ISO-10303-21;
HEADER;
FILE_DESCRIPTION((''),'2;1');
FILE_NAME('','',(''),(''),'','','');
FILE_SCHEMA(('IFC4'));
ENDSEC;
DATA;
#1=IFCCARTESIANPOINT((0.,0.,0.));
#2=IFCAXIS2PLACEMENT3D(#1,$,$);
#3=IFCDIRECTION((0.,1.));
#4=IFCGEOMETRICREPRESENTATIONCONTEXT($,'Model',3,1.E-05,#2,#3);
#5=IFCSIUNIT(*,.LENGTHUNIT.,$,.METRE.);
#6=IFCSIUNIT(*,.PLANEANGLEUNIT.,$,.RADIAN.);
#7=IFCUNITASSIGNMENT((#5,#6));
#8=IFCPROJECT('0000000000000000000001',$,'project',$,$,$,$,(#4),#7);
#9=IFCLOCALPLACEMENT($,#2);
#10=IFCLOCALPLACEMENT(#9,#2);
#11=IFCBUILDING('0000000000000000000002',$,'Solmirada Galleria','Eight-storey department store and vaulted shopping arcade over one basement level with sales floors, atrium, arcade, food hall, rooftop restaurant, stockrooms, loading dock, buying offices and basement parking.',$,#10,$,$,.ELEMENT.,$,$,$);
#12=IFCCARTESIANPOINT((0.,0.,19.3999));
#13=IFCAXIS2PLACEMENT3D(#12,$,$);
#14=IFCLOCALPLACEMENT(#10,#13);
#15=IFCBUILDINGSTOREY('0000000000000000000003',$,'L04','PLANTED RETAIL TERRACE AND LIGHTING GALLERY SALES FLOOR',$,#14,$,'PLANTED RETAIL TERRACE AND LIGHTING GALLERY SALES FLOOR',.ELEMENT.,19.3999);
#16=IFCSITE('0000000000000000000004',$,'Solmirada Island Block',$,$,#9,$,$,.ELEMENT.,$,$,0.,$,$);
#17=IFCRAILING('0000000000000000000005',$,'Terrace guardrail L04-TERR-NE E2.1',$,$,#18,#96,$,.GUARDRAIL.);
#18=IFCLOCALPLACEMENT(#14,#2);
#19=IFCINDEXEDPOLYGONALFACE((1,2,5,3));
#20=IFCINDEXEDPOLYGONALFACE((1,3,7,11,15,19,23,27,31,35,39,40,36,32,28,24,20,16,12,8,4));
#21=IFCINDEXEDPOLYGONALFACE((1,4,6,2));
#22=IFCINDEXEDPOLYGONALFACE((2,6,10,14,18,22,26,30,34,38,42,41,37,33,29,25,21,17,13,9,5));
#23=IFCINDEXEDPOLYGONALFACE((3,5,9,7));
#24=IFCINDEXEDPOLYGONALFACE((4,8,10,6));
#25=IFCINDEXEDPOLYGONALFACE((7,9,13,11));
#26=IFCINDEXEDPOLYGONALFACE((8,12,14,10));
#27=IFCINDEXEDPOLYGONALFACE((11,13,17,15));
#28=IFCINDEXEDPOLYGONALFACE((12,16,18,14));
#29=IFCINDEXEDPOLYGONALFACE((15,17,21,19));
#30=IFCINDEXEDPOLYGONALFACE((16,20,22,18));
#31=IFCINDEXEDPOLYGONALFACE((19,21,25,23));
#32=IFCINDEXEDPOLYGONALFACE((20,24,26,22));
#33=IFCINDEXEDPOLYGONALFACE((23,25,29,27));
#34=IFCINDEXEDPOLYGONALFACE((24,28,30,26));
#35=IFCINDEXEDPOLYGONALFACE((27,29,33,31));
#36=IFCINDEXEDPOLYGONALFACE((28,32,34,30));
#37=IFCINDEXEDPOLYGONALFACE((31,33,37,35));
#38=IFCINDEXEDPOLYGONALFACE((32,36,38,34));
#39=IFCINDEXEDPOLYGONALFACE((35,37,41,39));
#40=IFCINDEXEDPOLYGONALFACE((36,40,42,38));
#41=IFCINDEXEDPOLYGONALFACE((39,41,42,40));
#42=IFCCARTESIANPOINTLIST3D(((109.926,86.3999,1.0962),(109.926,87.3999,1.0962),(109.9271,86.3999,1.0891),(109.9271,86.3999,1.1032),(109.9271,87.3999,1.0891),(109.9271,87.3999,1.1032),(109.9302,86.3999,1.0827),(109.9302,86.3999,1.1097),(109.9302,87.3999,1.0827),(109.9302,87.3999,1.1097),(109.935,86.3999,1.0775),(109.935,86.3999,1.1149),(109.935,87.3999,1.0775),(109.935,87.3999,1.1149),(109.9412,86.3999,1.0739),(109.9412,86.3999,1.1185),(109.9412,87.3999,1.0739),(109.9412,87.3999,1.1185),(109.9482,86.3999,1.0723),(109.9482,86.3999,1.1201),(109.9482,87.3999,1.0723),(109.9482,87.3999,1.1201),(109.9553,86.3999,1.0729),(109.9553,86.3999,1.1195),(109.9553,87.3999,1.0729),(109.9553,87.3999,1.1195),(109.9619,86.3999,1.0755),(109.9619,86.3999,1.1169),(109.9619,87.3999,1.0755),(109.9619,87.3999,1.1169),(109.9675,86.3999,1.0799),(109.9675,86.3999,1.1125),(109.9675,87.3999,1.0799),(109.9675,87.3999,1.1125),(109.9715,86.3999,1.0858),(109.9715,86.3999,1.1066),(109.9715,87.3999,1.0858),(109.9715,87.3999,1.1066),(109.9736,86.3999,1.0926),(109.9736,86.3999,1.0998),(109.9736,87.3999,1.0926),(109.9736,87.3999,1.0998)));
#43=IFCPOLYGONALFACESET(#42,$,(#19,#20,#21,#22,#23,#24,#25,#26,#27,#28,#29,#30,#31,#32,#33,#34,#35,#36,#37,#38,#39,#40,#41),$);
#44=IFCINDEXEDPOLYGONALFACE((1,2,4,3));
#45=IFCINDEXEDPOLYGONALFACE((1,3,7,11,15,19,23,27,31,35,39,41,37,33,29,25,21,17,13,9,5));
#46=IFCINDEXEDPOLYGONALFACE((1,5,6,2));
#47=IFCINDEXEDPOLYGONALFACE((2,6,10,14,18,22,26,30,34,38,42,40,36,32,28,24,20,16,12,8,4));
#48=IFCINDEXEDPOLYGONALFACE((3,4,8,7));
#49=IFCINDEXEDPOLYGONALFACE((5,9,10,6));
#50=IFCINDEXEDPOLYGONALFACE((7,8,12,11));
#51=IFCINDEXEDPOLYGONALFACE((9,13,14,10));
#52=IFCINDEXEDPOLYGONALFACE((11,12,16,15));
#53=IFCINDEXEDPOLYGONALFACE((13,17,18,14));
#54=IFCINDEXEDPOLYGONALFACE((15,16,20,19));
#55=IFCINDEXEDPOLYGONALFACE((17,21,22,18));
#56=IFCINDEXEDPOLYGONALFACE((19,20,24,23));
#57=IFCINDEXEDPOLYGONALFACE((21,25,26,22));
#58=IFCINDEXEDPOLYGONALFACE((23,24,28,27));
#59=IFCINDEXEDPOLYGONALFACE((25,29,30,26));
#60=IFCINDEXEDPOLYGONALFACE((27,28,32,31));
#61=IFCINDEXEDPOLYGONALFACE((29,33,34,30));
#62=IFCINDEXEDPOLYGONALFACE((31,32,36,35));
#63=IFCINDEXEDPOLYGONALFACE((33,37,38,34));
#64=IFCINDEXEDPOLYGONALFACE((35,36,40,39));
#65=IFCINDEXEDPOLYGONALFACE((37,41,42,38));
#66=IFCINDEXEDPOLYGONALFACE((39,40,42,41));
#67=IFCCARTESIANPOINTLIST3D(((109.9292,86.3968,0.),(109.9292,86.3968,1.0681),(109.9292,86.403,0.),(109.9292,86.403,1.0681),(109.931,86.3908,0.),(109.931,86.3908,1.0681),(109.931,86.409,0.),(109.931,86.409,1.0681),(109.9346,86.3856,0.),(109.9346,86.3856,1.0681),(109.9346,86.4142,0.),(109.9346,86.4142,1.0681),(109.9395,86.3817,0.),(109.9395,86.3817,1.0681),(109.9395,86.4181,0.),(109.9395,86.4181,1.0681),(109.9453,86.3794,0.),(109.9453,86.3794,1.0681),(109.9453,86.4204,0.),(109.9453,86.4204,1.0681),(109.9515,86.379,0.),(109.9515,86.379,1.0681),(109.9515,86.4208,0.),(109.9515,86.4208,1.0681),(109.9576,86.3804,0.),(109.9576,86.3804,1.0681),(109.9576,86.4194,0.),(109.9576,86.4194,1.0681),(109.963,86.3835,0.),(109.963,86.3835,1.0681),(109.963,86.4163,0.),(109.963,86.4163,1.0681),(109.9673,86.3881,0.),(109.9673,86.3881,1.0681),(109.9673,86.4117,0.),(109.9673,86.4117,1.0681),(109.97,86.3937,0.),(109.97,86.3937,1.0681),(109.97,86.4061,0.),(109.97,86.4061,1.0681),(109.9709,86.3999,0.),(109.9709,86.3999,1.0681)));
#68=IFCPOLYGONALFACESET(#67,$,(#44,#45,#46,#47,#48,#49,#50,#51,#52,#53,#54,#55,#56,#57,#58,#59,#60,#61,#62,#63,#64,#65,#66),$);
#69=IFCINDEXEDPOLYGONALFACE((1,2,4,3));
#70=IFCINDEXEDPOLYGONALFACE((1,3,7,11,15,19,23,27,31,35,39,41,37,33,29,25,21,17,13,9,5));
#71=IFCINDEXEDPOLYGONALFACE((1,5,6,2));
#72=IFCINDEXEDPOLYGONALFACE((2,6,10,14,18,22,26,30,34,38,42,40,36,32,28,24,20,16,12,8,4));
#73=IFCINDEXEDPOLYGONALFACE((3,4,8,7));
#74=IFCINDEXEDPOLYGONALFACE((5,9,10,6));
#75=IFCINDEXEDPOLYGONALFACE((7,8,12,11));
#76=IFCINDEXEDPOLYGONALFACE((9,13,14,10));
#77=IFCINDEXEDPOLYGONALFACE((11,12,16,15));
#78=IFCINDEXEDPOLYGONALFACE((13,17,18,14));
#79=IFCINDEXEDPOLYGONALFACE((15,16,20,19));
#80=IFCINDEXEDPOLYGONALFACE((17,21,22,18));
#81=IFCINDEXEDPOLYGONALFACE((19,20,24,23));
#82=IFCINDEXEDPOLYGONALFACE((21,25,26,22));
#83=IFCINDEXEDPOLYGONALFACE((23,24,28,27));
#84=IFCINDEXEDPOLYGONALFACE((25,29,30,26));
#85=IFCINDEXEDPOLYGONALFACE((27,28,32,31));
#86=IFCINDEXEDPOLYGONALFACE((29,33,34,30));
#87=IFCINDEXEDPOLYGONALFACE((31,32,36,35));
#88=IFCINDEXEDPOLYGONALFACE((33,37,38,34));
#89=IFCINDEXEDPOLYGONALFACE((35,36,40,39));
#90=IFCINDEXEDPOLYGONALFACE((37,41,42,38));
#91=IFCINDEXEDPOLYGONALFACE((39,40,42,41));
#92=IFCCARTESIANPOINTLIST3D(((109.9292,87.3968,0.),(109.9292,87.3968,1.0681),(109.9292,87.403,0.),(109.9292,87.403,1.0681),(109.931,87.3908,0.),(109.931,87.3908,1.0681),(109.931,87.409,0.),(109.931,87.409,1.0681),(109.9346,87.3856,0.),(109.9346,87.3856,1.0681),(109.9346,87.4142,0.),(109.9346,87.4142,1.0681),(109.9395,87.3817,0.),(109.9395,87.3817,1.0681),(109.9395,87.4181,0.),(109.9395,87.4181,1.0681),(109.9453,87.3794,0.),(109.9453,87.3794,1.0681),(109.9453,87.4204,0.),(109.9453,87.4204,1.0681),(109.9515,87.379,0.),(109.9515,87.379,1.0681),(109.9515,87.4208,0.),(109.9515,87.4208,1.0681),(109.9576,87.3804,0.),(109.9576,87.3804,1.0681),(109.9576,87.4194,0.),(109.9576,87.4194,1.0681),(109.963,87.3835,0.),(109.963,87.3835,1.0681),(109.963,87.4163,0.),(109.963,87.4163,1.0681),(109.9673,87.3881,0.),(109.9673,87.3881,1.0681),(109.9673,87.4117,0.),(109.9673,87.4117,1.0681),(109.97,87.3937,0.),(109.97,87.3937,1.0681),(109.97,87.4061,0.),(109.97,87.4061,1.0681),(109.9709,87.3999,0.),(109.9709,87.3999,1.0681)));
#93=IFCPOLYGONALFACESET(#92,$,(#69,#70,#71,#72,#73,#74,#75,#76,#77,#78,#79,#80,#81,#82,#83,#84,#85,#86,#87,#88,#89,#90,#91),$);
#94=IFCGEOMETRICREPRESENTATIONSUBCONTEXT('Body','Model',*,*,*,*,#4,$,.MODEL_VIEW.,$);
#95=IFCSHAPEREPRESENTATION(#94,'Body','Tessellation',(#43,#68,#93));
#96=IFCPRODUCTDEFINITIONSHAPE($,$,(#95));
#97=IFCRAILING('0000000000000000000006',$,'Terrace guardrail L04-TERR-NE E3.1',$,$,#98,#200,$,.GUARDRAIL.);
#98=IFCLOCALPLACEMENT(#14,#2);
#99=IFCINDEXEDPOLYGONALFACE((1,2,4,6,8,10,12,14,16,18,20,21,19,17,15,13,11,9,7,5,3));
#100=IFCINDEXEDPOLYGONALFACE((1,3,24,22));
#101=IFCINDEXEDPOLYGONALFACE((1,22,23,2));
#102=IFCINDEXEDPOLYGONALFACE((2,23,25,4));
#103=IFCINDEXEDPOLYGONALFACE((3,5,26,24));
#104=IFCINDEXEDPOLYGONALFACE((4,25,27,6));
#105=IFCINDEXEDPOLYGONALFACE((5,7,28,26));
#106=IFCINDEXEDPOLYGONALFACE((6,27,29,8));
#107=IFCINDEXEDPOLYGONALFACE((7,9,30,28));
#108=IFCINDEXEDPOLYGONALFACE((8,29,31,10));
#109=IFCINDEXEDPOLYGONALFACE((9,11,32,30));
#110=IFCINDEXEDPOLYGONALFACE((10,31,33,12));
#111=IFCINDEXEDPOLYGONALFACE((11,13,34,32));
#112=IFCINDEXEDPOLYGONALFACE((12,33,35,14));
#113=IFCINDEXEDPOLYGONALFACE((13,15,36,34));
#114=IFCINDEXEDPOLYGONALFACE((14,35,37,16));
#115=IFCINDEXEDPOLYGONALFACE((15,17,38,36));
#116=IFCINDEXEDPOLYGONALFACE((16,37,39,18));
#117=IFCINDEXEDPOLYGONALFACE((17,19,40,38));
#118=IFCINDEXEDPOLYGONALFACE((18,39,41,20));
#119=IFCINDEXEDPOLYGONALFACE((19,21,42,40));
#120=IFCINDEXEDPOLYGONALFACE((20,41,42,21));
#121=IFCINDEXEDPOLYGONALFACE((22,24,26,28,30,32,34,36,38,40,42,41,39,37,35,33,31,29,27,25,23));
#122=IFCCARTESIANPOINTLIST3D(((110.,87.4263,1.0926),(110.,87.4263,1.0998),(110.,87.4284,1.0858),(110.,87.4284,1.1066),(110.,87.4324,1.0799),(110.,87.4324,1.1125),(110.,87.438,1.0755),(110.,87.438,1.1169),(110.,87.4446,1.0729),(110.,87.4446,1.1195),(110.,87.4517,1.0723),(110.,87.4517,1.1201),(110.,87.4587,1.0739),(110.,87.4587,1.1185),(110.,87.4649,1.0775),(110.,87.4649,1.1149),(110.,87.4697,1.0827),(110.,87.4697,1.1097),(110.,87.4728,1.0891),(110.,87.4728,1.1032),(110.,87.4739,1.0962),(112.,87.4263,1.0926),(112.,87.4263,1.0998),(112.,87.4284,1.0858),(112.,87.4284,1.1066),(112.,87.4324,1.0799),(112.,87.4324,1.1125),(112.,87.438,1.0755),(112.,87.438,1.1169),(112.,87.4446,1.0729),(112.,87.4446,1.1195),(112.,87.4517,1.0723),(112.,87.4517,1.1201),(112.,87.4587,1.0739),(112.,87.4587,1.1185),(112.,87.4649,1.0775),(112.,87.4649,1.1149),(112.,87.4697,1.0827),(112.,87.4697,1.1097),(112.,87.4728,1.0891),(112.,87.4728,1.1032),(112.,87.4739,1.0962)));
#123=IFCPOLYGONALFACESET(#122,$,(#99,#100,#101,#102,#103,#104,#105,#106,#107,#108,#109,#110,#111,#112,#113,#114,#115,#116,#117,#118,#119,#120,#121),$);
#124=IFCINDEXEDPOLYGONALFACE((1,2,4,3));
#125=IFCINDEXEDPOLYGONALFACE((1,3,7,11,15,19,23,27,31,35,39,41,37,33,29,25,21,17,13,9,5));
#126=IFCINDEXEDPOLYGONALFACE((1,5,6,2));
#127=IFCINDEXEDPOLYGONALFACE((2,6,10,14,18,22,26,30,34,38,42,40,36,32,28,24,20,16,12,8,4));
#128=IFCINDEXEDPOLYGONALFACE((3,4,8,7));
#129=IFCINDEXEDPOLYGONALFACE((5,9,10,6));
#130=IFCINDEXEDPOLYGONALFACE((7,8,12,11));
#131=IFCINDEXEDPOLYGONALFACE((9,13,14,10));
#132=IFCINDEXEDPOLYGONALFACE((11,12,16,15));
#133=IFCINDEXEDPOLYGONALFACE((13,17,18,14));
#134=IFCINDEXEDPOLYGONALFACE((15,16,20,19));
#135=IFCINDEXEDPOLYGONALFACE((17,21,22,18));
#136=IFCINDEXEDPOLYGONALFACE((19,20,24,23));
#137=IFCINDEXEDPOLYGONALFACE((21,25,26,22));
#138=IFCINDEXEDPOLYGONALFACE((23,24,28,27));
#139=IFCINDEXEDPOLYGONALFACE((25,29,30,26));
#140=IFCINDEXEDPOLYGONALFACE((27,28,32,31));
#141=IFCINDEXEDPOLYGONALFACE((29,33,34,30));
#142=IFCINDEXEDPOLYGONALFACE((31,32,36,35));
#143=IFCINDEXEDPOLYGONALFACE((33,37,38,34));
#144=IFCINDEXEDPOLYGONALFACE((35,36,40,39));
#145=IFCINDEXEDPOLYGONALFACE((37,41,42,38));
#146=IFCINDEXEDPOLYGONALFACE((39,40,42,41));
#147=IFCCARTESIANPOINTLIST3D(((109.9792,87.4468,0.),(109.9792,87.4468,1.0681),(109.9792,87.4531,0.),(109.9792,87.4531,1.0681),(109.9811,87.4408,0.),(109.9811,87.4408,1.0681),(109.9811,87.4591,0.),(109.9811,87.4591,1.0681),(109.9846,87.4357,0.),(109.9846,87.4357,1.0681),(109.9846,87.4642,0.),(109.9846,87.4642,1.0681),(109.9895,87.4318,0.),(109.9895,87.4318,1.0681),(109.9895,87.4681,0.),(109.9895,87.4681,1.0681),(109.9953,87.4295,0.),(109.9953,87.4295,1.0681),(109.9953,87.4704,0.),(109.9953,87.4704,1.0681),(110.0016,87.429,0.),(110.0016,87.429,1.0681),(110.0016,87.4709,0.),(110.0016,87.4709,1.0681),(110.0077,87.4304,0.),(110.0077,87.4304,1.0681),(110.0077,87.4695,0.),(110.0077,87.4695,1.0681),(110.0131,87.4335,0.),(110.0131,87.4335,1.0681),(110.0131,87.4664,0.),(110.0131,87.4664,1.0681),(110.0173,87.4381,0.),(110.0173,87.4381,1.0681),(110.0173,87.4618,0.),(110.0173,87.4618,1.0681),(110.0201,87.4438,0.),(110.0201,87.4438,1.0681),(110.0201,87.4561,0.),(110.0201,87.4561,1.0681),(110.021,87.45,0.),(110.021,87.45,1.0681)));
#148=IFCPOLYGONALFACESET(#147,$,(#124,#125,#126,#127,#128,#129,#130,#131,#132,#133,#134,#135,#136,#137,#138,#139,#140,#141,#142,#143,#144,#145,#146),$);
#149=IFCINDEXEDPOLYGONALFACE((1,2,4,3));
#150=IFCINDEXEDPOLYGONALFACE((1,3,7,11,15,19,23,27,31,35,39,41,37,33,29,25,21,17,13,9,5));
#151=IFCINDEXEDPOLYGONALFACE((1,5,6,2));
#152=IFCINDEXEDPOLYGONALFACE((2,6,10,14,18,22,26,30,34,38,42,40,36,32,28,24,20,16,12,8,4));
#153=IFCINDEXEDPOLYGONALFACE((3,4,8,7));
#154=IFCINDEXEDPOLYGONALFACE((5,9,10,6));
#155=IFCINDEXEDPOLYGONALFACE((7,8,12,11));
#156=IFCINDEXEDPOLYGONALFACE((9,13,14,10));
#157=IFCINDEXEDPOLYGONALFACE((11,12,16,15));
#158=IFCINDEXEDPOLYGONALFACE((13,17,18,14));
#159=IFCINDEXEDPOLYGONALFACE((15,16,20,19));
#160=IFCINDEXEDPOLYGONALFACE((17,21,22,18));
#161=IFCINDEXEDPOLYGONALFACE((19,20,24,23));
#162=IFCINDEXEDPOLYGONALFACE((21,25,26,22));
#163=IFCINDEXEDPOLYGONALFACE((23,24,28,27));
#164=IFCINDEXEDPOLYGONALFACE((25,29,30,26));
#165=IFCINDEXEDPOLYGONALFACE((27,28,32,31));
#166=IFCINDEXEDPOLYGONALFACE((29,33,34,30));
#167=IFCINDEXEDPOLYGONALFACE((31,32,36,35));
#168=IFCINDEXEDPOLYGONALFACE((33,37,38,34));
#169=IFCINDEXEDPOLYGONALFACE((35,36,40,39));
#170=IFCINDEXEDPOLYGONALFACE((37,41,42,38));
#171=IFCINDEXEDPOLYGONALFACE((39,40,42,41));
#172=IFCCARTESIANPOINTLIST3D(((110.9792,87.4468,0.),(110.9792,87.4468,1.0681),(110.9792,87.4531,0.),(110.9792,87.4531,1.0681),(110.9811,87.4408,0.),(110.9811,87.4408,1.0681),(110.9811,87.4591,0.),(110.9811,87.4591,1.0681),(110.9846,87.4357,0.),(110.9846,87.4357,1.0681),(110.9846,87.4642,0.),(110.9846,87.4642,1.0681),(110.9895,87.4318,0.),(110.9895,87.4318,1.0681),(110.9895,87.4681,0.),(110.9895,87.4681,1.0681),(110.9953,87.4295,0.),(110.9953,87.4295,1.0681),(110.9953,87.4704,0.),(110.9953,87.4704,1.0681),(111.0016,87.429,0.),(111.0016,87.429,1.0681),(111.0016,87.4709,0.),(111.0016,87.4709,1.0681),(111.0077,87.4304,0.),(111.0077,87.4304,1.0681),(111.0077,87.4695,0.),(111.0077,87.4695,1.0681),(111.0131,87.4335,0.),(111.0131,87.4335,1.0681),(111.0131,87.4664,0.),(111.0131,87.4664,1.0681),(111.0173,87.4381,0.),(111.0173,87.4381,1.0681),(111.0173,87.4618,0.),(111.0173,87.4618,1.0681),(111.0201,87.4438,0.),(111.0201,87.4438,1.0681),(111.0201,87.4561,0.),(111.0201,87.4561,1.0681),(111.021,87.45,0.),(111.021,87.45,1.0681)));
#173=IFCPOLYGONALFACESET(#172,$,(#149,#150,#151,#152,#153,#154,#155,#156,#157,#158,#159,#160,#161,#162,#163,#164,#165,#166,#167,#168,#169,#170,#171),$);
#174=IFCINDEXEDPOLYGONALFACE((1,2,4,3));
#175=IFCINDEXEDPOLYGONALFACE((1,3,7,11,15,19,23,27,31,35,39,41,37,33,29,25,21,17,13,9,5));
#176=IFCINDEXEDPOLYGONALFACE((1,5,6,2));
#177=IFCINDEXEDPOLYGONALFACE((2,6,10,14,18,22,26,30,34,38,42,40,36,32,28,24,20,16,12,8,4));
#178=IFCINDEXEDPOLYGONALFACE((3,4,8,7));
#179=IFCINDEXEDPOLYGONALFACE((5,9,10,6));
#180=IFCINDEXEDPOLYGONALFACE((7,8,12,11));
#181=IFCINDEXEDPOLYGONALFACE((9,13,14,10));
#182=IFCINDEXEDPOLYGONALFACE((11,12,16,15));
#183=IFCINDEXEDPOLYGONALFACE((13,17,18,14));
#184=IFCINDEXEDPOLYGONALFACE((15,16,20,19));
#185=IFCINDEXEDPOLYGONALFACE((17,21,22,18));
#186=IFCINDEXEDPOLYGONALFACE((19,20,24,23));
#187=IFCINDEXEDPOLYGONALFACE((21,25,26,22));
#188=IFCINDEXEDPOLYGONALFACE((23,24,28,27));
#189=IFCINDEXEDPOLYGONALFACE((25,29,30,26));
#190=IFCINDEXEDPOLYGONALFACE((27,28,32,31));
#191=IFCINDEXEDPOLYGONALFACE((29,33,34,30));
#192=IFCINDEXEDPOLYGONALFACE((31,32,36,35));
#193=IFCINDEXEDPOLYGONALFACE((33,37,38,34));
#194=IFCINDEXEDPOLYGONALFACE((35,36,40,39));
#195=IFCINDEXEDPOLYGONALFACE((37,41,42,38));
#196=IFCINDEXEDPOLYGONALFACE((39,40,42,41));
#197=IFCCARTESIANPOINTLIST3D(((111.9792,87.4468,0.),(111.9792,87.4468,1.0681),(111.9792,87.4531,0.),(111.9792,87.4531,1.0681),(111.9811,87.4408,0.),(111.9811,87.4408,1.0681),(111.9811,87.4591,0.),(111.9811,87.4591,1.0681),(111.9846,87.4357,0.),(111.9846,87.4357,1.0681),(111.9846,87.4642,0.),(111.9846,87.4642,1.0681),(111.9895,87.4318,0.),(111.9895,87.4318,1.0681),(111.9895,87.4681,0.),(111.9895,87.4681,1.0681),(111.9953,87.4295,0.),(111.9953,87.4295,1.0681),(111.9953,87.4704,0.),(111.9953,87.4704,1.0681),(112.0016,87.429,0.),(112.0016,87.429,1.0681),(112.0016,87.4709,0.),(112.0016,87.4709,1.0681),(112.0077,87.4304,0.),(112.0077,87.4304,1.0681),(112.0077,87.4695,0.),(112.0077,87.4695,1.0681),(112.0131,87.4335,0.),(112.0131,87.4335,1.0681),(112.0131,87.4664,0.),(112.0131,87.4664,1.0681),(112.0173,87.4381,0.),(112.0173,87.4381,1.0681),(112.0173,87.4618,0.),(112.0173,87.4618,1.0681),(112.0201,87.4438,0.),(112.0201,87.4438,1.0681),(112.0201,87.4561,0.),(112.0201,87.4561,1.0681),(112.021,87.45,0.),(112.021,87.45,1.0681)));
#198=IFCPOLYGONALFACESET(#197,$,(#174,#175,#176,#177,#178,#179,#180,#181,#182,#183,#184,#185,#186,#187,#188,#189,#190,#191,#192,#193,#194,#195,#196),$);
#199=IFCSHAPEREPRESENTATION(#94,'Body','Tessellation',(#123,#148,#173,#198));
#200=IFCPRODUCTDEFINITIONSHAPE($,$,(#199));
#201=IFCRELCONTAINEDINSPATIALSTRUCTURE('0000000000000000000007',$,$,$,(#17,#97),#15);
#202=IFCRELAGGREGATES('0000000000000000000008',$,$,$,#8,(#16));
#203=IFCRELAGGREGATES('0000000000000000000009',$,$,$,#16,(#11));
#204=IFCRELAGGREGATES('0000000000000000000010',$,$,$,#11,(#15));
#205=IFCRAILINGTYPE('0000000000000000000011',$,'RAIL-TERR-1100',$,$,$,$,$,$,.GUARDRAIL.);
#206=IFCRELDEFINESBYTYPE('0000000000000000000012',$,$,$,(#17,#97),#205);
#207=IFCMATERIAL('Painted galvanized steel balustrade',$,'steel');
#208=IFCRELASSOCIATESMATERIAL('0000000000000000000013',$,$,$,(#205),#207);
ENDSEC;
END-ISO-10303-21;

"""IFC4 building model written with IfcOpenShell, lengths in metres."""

from ifc_helpers import new_model, si_unit, direction, frame, origin, origin_2d, place, context, subcontext, project, spatial, circle, extrude, material, type_object, element, save


model = new_model("IFC4")

# Units and contexts
model_context = context("Model", 3, precision=1e-05, world=origin(), true_north=direction((0.0, 1.0)))
body_context = subcontext(model_context, "Body", "Model", "MODEL_VIEW")
ifc_project = project(units=[si_unit("LENGTHUNIT", "METRE"), si_unit("PLANEANGLEUNIT", "RADIAN")], contexts=[model_context])

# Site, building, storey
site_placement = place(None, origin())
site = spatial("IfcSite", under=ifc_project, at=site_placement, Name="Solmirada Island Block", CompositionType="ELEMENT", RefElevation=0.0)
building_placement = place(site_placement, origin())
building = spatial("IfcBuilding", under=site, at=building_placement, Name="Solmirada Galleria", Description="Eight-storey department store and vaulted shopping arcade over one basement level with sales floors, atrium, arcade, food hall, rooftop restaurant, stockrooms, loading dock, buying offices and basement parking.", CompositionType="ELEMENT")
storey_placement = place(building_placement, frame((0.0, 0.0, 19.3999)))
storey = spatial("IfcBuildingStorey", under=building, at=storey_placement, Name="L04", Description="PLANTED RETAIL TERRACE AND LIGHTING GALLERY SALES FLOOR", LongName="PLANTED RETAIL TERRACE AND LIGHTING GALLERY SALES FLOOR", CompositionType="ELEMENT", Elevation=19.3999)

# Railings
ifc_material_1 = material(Name="Painted galvanized steel balustrade", Category="steel")
railing_type = type_object("IfcRailingType", Name="RAIL-TERR-1100", PredefinedType="GUARDRAIL", material=ifc_material_1)
railing_1_placement = place(storey_placement, frame((109.95, 86.3999, 0.0)))
element("IfcRailing", 1, at=railing_1_placement, inside=storey, type_object=railing_type, Name="Terrace guardrail L04-TERR-NE E2.1", PredefinedType="GUARDRAIL", context=body_context, shape_type="SweptSolid", body=[
    extrude(circle(Radius=0.0239, at=origin_2d()), frame((0.0, 0.0, 1.0962), z_axis=(0.0, 1.0, 0.0), x_axis=(-1.0, 0.0, 0.0)), (0.0, 0.0, 1.0), 1.0),
    extrude(circle(Radius=0.021, at=origin_2d()), origin(), (0.0, 0.0, 1.0), 1.0681),
    extrude(circle(Radius=0.021, at=origin_2d()), frame((0.0, 1.0, 0.0)), (0.0, 0.0, 1.0), 1.0681),
])
railing_2_placement = place(storey_placement, frame((110.0, 87.45, 0.0)))
element("IfcRailing", 2, at=railing_2_placement, inside=storey, type_object=railing_type, Name="Terrace guardrail L04-TERR-NE E3.1", PredefinedType="GUARDRAIL", context=body_context, shape_type="SweptSolid", body=[
    extrude(circle(Radius=0.0239, at=origin_2d()), frame((0.0, 0.0, 1.0962), z_axis=(1.0, 0.0, 0.0), x_axis=(0.0, 1.0, 0.0)), (0.0, 0.0, 1.0), 2.0),
    extrude(circle(Radius=0.021, at=origin_2d()), origin(), (0.0, 0.0, 1.0), 1.0681),
    extrude(circle(Radius=0.021, at=origin_2d()), frame((1.0, 0.0, 0.0)), (0.0, 0.0, 1.0), 1.0681),
    extrude(circle(Radius=0.021, at=origin_2d()), frame((2.0, 0.0, 0.0)), (0.0, 0.0, 1.0), 1.0681),
])

save(model, "model.ifc")
